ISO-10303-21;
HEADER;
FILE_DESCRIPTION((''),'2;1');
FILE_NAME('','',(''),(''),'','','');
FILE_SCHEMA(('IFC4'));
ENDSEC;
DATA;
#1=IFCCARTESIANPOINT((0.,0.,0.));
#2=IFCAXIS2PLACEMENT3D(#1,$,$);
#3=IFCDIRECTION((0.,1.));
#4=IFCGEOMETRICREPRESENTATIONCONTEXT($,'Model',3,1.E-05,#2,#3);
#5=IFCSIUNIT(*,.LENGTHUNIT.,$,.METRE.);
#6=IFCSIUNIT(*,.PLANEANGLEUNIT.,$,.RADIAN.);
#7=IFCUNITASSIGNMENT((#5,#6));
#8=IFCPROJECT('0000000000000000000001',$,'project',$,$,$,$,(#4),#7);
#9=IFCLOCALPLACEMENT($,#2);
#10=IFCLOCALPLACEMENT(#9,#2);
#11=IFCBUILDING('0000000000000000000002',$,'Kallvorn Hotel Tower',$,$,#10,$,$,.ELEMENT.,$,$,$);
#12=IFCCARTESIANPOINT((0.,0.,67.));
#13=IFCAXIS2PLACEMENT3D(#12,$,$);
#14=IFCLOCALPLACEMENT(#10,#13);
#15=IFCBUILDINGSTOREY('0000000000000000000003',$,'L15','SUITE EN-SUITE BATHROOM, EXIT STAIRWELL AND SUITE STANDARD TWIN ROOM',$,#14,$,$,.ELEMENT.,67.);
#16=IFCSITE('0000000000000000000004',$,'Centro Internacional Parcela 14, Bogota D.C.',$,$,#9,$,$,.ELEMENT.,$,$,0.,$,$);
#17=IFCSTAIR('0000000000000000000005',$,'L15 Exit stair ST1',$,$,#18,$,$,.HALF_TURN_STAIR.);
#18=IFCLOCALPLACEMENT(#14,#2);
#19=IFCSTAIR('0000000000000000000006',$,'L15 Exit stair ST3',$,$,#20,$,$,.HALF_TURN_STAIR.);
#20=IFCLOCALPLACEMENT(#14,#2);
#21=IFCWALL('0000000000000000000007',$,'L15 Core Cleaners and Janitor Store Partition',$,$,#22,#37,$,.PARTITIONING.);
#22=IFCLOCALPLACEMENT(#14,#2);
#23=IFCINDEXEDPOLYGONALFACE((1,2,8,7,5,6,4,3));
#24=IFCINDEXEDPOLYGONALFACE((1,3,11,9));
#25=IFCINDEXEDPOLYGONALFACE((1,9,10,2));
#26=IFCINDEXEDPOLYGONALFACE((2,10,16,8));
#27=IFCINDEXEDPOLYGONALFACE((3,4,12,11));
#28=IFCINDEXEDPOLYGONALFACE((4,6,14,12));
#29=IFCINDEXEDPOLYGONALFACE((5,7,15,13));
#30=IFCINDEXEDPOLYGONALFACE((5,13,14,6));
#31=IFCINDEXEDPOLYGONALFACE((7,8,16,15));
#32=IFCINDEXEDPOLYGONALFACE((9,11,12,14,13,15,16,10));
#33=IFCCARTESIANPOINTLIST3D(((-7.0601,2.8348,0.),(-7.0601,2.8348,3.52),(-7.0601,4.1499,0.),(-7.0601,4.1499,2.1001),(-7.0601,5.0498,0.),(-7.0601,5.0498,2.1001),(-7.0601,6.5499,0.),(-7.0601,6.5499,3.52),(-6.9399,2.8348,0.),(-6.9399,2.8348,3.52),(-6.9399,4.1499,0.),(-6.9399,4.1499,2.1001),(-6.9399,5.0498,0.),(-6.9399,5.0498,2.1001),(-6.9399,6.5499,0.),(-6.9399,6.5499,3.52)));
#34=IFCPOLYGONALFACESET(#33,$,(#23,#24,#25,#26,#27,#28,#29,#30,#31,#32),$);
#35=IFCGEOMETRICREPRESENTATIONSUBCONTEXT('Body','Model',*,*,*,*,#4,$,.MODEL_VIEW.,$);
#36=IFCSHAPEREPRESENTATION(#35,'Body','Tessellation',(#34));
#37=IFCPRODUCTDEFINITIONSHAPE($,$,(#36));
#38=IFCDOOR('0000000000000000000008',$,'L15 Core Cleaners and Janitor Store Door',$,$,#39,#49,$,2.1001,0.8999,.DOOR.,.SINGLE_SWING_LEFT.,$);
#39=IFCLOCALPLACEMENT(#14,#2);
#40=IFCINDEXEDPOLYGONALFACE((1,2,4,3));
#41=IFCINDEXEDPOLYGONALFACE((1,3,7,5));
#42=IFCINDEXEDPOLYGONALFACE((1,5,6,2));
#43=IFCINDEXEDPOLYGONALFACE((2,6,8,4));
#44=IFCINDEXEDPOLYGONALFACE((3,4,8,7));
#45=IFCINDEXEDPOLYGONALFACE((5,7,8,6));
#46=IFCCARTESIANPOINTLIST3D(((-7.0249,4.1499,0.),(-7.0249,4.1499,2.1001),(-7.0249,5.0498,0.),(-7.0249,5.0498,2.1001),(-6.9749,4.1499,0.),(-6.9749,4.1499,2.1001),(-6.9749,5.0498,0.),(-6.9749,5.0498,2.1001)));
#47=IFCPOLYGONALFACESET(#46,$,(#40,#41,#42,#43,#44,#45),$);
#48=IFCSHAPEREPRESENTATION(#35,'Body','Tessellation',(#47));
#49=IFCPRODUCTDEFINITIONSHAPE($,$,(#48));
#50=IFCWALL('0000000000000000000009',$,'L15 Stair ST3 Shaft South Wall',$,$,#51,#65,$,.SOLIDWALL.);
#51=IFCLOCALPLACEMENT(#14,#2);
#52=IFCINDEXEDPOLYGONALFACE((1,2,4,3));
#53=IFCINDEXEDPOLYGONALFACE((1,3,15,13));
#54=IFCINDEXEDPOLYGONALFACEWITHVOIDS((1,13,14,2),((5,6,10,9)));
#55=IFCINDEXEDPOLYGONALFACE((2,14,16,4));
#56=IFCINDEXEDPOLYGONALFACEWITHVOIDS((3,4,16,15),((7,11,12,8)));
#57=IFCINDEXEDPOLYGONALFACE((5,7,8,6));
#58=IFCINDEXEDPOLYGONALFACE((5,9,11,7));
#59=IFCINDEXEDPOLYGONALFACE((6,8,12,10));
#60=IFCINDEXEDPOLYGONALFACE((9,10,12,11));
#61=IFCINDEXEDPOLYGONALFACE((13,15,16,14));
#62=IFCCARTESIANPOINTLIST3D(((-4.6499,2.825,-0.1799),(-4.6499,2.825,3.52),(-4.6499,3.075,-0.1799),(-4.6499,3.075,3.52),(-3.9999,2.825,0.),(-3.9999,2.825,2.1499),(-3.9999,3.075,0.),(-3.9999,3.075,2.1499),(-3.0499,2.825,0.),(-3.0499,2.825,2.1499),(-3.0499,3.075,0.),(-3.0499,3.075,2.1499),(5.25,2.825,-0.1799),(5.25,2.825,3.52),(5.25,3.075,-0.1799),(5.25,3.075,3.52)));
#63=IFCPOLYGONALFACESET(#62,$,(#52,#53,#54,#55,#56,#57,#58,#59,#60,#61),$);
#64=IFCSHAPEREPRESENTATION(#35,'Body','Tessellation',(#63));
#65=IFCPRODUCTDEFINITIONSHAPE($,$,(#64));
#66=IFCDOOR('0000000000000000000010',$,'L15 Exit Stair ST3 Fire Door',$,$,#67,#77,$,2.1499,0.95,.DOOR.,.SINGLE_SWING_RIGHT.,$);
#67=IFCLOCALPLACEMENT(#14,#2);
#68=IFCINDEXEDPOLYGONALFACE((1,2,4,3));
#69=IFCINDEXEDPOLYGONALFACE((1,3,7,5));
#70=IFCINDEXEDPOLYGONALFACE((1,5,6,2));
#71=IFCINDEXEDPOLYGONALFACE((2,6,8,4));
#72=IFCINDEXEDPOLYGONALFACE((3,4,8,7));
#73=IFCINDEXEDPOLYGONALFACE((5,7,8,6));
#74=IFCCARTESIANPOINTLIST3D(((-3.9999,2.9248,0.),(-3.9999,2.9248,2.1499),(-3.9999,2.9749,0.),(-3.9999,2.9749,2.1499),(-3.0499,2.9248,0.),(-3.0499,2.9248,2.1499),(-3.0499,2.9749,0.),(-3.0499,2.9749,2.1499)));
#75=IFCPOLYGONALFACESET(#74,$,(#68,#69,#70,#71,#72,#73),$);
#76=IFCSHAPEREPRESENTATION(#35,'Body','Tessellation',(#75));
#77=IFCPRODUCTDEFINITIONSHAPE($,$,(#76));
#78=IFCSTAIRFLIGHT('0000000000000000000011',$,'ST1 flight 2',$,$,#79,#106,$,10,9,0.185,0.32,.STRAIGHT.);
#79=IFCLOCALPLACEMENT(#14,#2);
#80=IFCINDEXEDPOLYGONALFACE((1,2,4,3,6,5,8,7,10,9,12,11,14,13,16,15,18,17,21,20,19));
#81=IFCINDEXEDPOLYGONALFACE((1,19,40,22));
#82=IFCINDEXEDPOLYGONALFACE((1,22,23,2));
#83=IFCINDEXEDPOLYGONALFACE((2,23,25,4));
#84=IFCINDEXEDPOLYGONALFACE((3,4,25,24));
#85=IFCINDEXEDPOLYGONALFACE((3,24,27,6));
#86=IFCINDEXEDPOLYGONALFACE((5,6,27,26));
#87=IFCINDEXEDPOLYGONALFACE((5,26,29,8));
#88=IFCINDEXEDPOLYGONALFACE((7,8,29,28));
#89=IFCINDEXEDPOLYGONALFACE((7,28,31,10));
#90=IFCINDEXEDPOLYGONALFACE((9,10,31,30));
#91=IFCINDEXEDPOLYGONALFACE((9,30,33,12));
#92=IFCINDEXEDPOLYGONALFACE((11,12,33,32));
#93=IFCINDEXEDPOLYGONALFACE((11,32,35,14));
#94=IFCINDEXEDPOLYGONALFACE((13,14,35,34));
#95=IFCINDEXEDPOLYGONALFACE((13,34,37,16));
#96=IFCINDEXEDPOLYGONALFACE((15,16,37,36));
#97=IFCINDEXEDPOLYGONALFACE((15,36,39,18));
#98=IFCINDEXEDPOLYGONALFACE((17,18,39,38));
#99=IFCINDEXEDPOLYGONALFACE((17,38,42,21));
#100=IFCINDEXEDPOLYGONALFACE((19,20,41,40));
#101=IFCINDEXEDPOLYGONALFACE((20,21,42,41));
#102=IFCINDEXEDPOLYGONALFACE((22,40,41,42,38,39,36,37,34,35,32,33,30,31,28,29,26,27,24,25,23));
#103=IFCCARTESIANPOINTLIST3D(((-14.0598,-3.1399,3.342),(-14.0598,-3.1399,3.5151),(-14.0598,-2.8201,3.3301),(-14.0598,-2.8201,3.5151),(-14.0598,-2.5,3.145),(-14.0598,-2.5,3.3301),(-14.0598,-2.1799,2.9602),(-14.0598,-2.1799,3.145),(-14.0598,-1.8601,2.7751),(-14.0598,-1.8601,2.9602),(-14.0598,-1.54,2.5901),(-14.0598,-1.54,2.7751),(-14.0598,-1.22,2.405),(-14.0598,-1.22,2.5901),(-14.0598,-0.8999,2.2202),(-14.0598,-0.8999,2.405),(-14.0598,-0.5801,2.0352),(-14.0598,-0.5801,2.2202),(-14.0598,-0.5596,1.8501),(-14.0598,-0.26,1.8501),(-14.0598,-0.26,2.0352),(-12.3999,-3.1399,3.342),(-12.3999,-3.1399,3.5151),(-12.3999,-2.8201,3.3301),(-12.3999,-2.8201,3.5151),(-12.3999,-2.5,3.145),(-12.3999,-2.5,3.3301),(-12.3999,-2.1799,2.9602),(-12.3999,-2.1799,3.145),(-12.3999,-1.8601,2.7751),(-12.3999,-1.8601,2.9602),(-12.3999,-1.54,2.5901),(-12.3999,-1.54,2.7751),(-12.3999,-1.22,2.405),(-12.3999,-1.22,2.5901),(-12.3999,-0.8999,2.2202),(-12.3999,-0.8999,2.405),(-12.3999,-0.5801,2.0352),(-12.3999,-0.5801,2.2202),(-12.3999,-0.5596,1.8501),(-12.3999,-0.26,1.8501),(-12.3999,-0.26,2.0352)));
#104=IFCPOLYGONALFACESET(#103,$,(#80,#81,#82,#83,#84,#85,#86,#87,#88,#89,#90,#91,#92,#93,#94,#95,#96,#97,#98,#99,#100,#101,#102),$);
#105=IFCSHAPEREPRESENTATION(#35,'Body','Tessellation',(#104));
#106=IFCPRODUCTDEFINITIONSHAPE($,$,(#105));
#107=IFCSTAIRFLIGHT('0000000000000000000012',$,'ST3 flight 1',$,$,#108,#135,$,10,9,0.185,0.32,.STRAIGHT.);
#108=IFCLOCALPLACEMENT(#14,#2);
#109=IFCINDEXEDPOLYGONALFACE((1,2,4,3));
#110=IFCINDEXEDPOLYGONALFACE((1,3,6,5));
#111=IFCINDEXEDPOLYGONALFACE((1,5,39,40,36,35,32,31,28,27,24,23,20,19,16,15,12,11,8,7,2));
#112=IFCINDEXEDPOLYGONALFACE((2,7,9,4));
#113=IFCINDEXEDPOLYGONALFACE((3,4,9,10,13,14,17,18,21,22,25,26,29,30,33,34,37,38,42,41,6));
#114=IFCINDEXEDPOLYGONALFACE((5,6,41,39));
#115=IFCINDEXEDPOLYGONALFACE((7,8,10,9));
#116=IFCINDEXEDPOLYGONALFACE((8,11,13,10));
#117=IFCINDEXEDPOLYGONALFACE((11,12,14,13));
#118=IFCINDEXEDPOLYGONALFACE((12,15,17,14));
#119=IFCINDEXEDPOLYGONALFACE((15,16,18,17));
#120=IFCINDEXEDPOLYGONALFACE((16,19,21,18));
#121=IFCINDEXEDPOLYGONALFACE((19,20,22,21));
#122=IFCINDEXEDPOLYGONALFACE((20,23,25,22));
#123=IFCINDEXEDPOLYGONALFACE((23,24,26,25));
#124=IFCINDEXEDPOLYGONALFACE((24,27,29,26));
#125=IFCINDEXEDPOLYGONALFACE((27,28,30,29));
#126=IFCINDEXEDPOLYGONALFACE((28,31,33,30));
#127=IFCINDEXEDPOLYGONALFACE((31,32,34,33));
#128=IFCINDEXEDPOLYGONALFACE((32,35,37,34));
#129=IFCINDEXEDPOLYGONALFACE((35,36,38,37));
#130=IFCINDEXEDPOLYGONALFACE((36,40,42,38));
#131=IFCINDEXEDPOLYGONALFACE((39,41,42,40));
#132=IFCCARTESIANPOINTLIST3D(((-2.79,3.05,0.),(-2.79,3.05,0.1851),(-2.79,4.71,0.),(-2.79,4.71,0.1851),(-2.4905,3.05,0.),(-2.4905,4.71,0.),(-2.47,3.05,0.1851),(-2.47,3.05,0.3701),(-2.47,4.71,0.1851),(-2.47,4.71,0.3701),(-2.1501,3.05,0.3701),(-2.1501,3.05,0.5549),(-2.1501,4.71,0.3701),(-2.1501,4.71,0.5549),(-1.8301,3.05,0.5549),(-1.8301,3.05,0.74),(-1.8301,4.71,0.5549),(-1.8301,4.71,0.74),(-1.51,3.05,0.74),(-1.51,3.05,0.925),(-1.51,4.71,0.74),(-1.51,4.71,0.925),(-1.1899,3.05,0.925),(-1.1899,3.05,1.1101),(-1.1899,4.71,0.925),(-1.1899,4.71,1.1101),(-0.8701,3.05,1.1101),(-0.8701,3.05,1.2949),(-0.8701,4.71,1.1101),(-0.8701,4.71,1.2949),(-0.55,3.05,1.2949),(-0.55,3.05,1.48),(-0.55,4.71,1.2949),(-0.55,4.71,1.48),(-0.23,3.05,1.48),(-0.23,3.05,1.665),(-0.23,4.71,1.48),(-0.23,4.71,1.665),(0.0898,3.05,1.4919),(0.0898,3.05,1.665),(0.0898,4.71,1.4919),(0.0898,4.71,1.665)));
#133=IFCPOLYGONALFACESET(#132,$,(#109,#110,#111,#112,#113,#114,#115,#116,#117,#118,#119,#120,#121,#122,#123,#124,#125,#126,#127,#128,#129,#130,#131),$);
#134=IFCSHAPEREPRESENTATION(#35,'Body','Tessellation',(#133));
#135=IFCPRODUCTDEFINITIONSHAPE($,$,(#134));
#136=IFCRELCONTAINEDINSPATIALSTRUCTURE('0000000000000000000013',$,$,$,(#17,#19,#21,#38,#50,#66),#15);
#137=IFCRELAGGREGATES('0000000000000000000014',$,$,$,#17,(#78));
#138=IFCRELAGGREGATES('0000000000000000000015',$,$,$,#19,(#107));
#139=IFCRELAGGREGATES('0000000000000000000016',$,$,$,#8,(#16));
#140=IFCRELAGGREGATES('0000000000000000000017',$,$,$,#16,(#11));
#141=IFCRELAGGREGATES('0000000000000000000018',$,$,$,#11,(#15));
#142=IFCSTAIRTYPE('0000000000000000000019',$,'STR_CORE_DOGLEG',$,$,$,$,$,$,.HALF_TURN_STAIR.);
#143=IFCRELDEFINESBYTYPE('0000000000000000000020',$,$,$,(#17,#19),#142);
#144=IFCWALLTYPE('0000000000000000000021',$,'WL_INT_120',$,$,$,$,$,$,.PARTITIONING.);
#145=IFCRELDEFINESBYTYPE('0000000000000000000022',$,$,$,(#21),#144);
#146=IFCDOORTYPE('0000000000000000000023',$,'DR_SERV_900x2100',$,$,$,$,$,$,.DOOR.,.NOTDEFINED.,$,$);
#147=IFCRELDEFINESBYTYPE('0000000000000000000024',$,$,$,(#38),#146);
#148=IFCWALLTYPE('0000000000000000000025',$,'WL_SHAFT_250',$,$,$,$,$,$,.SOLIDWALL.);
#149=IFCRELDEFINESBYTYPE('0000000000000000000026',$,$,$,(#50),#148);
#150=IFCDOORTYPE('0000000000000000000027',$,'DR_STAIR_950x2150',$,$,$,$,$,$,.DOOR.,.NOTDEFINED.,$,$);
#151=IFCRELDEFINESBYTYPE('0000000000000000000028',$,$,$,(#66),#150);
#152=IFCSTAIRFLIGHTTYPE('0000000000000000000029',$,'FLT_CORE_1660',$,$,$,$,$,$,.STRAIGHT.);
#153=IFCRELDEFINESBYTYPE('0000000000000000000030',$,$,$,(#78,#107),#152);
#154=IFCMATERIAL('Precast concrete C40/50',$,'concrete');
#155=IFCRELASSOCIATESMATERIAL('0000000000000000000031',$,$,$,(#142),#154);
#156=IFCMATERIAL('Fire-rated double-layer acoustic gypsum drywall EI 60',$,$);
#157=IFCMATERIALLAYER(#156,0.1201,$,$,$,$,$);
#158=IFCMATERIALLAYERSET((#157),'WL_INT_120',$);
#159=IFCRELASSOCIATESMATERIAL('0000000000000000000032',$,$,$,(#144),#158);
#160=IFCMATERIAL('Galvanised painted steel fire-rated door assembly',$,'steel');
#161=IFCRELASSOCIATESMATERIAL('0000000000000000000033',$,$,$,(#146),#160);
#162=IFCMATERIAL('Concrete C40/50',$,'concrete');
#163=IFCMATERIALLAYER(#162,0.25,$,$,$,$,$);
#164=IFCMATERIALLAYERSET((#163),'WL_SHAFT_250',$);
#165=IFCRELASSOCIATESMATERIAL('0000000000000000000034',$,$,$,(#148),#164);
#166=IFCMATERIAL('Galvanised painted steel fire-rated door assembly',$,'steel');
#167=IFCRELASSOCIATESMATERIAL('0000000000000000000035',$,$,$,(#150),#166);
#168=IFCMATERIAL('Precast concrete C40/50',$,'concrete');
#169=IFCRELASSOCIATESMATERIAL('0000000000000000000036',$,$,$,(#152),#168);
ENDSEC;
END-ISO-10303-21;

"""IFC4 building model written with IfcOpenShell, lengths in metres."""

from ifc_helpers import new_model, si_unit, direction, frame, frame_2d, origin, place, context, subcontext, project, spatial, polyline, rectangle, outline, extrude, material, layer, layer_set, type_object, element, fill, aggregate, save


model = new_model("IFC4")

# Units and contexts
model_context = context("Model", 3, precision=1e-05, world=origin(), true_north=direction((0.0, 1.0)))
body_context = subcontext(model_context, "Body", "Model", "MODEL_VIEW")
ifc_project = project(units=[si_unit("LENGTHUNIT", "METRE"), si_unit("PLANEANGLEUNIT", "RADIAN")], contexts=[model_context])

# Site, building, storey
site_placement = place(None, origin())
site = spatial("IfcSite", under=ifc_project, at=site_placement, Name="Centro Internacional Parcela 14, Bogota D.C.", CompositionType="ELEMENT", RefElevation=0.0)
building_placement = place(site_placement, origin())
building = spatial("IfcBuilding", under=site, at=building_placement, Name="Kallvorn Hotel Tower", CompositionType="ELEMENT")
storey_placement = place(building_placement, frame((0.0, 0.0, 67.0)))
storey = spatial("IfcBuildingStorey", under=building, at=storey_placement, Name="L15", Description="SUITE EN-SUITE BATHROOM, EXIT STAIRWELL AND SUITE STANDARD TWIN ROOM", CompositionType="ELEMENT", Elevation=67.0)

# Stairs
ifc_material_1 = material(Name="Precast concrete C40/50", Category="concrete")
stair_type = type_object("IfcStairType", Name="STR_CORE_DOGLEG", PredefinedType="HALF_TURN_STAIR", material=ifc_material_1)
stair_1_placement = place(storey_placement, origin())
stair_1 = element("IfcStair", 1, at=stair_1_placement, inside=storey, type_object=stair_type, Name="L15 Exit stair ST1", PredefinedType="HALF_TURN_STAIR")
stair_2_placement = place(storey_placement, origin())
stair_2 = element("IfcStair", 2, at=stair_2_placement, inside=storey, type_object=stair_type, Name="L15 Exit stair ST3", PredefinedType="HALF_TURN_STAIR")

# Shared definitions
ifc_material_2 = material(Name="Fire-rated double-layer acoustic gypsum drywall EI 60")
ifc_layer_1 = layer(ifc_material_2, 0.1201)
ifc_layer_set_1 = layer_set([ifc_layer_1], Name="WL_INT_120")
wall_type_1 = type_object("IfcWallType", Name="WL_INT_120", PredefinedType="PARTITIONING", material=ifc_layer_set_1)

# Walls, openings, doors
wall_1_placement = place(storey_placement, frame((-7.0, 2.835, 0.0), z_axis=(0.0, 0.0, 1.0), x_axis=(0.0, 1.0, 0.0)))
wall_1 = element("IfcWall", 3, at=wall_1_placement, inside=storey, type_object=wall_type_1, Name="L15 Core Cleaners and Janitor Store Partition", PredefinedType="PARTITIONING", context=body_context, shape_type="SweptSolid", body=[
    extrude(rectangle(XDim=3.7151, YDim=0.1201, at=frame_2d((1.8574, 0.0))), origin(), (0.0, 0.0, 1.0), 3.52),
])
opening_1_placement = place(wall_1_placement, frame((1.3149, 0.0, 0.0)))
opening_1 = element("IfcOpeningElement", 4, at=opening_1_placement, cuts=wall_1, PredefinedType="OPENING", context=body_context, shape_type="SweptSolid", body=[
    extrude(rectangle(XDim=0.8999, YDim=2.1001, at=frame_2d((0.45, 1.05))), frame((0.0, 0.075, 0.0), z_axis=(0.0, -1.0, 0.0), x_axis=(1.0, 0.0, 0.0)), (0.0, 0.0, 1.0), 0.1501),
])
ifc_material_3 = material(Name="Galvanised painted steel fire-rated door assembly", Category="steel")
door_type_1 = type_object("IfcDoorType", Name="DR_SERV_900x2100", OperationType="NOTDEFINED", PredefinedType="DOOR", material=ifc_material_3)
door_1_placement = place(opening_1_placement, origin())
door_1 = element("IfcDoor", 5, at=door_1_placement, inside=storey, type_object=door_type_1, Name="L15 Core Cleaners and Janitor Store Door", OperationType="SINGLE_SWING_LEFT", OverallHeight=2.1001, OverallWidth=0.8999, PredefinedType="DOOR", context=body_context, shape_type="SweptSolid", body=[
    extrude(rectangle(XDim=0.8999, YDim=2.1001, at=frame_2d((0.45, 1.05))), frame((0.0, 0.0249, 0.0), z_axis=(0.0, -1.0, 0.0), x_axis=(1.0, 0.0, 0.0)), (0.0, 0.0, 1.0), 0.05),
])
fill(opening_1, door_1)
ifc_material_4 = material(Name="Concrete C40/50", Category="concrete")
ifc_layer_2 = layer(ifc_material_4, 0.25)
ifc_layer_set_2 = layer_set([ifc_layer_2], Name="WL_SHAFT_250")
wall_type_2 = type_object("IfcWallType", Name="WL_SHAFT_250", PredefinedType="SOLIDWALL", material=ifc_layer_set_2)
wall_2_placement = place(storey_placement, frame((-4.6499, 2.95, -0.1799), z_axis=(0.0, 0.0, 1.0), x_axis=(1.0, 0.0, 0.0)))
wall_2 = element("IfcWall", 6, at=wall_2_placement, inside=storey, type_object=wall_type_2, Name="L15 Stair ST3 Shaft South Wall", PredefinedType="SOLIDWALL", context=body_context, shape_type="SweptSolid", body=[
    extrude(rectangle(XDim=9.8999, YDim=0.25, at=frame_2d((4.95, 0.0))), origin(), (0.0, 0.0, 1.0), 3.7),
])
opening_2_placement = place(wall_2_placement, frame((0.6499, 0.0, 0.1799)))
opening_2 = element("IfcOpeningElement", 7, at=opening_2_placement, cuts=wall_2, PredefinedType="OPENING", context=body_context, shape_type="SweptSolid", body=[
    extrude(rectangle(XDim=0.95, YDim=2.1499, at=frame_2d((0.4751, 1.075))), frame((0.0, 0.1399, 0.0), z_axis=(0.0, -1.0, 0.0), x_axis=(1.0, 0.0, 0.0)), (0.0, 0.0, 1.0), 0.28),
])
ifc_material_5 = material(Name="Galvanised painted steel fire-rated door assembly", Category="steel")
door_type_2 = type_object("IfcDoorType", Name="DR_STAIR_950x2150", OperationType="NOTDEFINED", PredefinedType="DOOR", material=ifc_material_5)
door_2_placement = place(opening_2_placement, origin())
door_2 = element("IfcDoor", 8, at=door_2_placement, inside=storey, type_object=door_type_2, Name="L15 Exit Stair ST3 Fire Door", OperationType="SINGLE_SWING_RIGHT", OverallHeight=2.1499, OverallWidth=0.95, PredefinedType="DOOR", context=body_context, shape_type="SweptSolid", body=[
    extrude(rectangle(XDim=0.95, YDim=2.1499, at=frame_2d((0.4751, 1.075))), frame((0.0, 0.0249, 0.0), z_axis=(0.0, -1.0, 0.0), x_axis=(1.0, 0.0, 0.0)), (0.0, 0.0, 1.0), 0.05),
])
fill(opening_2, door_2)

# Stair flights
ifc_material_6 = material(Name="Precast concrete C40/50", Category="concrete")
stair_flight_type = type_object("IfcStairFlightType", Name="FLT_CORE_1660", PredefinedType="STRAIGHT", material=ifc_material_6)
stair_flight_1_placement = place(storey_placement, frame((-13.23, -0.26, 1.8501), z_axis=(0.0, 0.0, 1.0), x_axis=(0.0, -1.0, 0.0)))
stair_flight_1 = element("IfcStairFlight", 9, at=stair_flight_1_placement, type_object=stair_flight_type, Name="ST1 flight 2", NumberOfRisers=10, NumberOfTreads=9, PredefinedType="STRAIGHT", RiserHeight=0.185, TreadLength=0.32, context=body_context, shape_type="SweptSolid", body=[
    extrude(outline(polyline([(0.0, 0.0), (0.0, 0.1851), (0.3201, 0.1851), (0.3201, 0.3701), (0.6399, 0.3701), (0.6399, 0.5549), (0.96, 0.5549), (0.96, 0.74), (1.28, 0.74), (1.28, 0.925), (1.6001, 0.925), (1.6001, 1.1101), (1.9199, 1.1101), (1.9199, 1.2949), (2.24, 1.2949), (2.24, 1.48), (2.5601, 1.48), (2.5601, 1.665), (2.8799, 1.665), (2.8799, 1.8501), (2.8799, 1.4919), (0.2996, 0.0), (0.0, 0.0)])), frame((0.0, 0.8301, 0.0), z_axis=(0.0, -1.0, 0.0), x_axis=(1.0, 0.0, 0.0)), (0.0, 0.0, 1.0), 1.6599),
])
aggregate(stair_1, [stair_flight_1])
stair_flight_2_placement = place(storey_placement, frame((-2.79, 3.8799, 0.0), z_axis=(0.0, 0.0, 1.0), x_axis=(1.0, 0.0, 0.0)))
stair_flight_2 = element("IfcStairFlight", 10, at=stair_flight_2_placement, type_object=stair_flight_type, Name="ST3 flight 1", NumberOfRisers=10, NumberOfTreads=9, PredefinedType="STRAIGHT", RiserHeight=0.185, TreadLength=0.32, context=body_context, shape_type="SweptSolid", body=[
    extrude(outline(polyline([(0.0, 0.0), (0.0, 0.1851), (0.3201, 0.1851), (0.3201, 0.3701), (0.6399, 0.3701), (0.6399, 0.5549), (0.96, 0.5549), (0.96, 0.74), (1.28, 0.74), (1.28, 0.925), (1.6001, 0.925), (1.6001, 1.1101), (1.9199, 1.1101), (1.9199, 1.2949), (2.24, 1.2949), (2.24, 1.48), (2.5601, 1.48), (2.5601, 1.665), (2.8799, 1.665), (2.8799, 1.8501), (2.8799, 1.4919), (0.2996, 0.0), (0.0, 0.0)])), frame((0.0, 0.8301, 0.0), z_axis=(0.0, -1.0, 0.0), x_axis=(1.0, 0.0, 0.0)), (0.0, 0.0, 1.0), 1.6599),
])
aggregate(stair_2, [stair_flight_2])

save(model, "model.ifc")
